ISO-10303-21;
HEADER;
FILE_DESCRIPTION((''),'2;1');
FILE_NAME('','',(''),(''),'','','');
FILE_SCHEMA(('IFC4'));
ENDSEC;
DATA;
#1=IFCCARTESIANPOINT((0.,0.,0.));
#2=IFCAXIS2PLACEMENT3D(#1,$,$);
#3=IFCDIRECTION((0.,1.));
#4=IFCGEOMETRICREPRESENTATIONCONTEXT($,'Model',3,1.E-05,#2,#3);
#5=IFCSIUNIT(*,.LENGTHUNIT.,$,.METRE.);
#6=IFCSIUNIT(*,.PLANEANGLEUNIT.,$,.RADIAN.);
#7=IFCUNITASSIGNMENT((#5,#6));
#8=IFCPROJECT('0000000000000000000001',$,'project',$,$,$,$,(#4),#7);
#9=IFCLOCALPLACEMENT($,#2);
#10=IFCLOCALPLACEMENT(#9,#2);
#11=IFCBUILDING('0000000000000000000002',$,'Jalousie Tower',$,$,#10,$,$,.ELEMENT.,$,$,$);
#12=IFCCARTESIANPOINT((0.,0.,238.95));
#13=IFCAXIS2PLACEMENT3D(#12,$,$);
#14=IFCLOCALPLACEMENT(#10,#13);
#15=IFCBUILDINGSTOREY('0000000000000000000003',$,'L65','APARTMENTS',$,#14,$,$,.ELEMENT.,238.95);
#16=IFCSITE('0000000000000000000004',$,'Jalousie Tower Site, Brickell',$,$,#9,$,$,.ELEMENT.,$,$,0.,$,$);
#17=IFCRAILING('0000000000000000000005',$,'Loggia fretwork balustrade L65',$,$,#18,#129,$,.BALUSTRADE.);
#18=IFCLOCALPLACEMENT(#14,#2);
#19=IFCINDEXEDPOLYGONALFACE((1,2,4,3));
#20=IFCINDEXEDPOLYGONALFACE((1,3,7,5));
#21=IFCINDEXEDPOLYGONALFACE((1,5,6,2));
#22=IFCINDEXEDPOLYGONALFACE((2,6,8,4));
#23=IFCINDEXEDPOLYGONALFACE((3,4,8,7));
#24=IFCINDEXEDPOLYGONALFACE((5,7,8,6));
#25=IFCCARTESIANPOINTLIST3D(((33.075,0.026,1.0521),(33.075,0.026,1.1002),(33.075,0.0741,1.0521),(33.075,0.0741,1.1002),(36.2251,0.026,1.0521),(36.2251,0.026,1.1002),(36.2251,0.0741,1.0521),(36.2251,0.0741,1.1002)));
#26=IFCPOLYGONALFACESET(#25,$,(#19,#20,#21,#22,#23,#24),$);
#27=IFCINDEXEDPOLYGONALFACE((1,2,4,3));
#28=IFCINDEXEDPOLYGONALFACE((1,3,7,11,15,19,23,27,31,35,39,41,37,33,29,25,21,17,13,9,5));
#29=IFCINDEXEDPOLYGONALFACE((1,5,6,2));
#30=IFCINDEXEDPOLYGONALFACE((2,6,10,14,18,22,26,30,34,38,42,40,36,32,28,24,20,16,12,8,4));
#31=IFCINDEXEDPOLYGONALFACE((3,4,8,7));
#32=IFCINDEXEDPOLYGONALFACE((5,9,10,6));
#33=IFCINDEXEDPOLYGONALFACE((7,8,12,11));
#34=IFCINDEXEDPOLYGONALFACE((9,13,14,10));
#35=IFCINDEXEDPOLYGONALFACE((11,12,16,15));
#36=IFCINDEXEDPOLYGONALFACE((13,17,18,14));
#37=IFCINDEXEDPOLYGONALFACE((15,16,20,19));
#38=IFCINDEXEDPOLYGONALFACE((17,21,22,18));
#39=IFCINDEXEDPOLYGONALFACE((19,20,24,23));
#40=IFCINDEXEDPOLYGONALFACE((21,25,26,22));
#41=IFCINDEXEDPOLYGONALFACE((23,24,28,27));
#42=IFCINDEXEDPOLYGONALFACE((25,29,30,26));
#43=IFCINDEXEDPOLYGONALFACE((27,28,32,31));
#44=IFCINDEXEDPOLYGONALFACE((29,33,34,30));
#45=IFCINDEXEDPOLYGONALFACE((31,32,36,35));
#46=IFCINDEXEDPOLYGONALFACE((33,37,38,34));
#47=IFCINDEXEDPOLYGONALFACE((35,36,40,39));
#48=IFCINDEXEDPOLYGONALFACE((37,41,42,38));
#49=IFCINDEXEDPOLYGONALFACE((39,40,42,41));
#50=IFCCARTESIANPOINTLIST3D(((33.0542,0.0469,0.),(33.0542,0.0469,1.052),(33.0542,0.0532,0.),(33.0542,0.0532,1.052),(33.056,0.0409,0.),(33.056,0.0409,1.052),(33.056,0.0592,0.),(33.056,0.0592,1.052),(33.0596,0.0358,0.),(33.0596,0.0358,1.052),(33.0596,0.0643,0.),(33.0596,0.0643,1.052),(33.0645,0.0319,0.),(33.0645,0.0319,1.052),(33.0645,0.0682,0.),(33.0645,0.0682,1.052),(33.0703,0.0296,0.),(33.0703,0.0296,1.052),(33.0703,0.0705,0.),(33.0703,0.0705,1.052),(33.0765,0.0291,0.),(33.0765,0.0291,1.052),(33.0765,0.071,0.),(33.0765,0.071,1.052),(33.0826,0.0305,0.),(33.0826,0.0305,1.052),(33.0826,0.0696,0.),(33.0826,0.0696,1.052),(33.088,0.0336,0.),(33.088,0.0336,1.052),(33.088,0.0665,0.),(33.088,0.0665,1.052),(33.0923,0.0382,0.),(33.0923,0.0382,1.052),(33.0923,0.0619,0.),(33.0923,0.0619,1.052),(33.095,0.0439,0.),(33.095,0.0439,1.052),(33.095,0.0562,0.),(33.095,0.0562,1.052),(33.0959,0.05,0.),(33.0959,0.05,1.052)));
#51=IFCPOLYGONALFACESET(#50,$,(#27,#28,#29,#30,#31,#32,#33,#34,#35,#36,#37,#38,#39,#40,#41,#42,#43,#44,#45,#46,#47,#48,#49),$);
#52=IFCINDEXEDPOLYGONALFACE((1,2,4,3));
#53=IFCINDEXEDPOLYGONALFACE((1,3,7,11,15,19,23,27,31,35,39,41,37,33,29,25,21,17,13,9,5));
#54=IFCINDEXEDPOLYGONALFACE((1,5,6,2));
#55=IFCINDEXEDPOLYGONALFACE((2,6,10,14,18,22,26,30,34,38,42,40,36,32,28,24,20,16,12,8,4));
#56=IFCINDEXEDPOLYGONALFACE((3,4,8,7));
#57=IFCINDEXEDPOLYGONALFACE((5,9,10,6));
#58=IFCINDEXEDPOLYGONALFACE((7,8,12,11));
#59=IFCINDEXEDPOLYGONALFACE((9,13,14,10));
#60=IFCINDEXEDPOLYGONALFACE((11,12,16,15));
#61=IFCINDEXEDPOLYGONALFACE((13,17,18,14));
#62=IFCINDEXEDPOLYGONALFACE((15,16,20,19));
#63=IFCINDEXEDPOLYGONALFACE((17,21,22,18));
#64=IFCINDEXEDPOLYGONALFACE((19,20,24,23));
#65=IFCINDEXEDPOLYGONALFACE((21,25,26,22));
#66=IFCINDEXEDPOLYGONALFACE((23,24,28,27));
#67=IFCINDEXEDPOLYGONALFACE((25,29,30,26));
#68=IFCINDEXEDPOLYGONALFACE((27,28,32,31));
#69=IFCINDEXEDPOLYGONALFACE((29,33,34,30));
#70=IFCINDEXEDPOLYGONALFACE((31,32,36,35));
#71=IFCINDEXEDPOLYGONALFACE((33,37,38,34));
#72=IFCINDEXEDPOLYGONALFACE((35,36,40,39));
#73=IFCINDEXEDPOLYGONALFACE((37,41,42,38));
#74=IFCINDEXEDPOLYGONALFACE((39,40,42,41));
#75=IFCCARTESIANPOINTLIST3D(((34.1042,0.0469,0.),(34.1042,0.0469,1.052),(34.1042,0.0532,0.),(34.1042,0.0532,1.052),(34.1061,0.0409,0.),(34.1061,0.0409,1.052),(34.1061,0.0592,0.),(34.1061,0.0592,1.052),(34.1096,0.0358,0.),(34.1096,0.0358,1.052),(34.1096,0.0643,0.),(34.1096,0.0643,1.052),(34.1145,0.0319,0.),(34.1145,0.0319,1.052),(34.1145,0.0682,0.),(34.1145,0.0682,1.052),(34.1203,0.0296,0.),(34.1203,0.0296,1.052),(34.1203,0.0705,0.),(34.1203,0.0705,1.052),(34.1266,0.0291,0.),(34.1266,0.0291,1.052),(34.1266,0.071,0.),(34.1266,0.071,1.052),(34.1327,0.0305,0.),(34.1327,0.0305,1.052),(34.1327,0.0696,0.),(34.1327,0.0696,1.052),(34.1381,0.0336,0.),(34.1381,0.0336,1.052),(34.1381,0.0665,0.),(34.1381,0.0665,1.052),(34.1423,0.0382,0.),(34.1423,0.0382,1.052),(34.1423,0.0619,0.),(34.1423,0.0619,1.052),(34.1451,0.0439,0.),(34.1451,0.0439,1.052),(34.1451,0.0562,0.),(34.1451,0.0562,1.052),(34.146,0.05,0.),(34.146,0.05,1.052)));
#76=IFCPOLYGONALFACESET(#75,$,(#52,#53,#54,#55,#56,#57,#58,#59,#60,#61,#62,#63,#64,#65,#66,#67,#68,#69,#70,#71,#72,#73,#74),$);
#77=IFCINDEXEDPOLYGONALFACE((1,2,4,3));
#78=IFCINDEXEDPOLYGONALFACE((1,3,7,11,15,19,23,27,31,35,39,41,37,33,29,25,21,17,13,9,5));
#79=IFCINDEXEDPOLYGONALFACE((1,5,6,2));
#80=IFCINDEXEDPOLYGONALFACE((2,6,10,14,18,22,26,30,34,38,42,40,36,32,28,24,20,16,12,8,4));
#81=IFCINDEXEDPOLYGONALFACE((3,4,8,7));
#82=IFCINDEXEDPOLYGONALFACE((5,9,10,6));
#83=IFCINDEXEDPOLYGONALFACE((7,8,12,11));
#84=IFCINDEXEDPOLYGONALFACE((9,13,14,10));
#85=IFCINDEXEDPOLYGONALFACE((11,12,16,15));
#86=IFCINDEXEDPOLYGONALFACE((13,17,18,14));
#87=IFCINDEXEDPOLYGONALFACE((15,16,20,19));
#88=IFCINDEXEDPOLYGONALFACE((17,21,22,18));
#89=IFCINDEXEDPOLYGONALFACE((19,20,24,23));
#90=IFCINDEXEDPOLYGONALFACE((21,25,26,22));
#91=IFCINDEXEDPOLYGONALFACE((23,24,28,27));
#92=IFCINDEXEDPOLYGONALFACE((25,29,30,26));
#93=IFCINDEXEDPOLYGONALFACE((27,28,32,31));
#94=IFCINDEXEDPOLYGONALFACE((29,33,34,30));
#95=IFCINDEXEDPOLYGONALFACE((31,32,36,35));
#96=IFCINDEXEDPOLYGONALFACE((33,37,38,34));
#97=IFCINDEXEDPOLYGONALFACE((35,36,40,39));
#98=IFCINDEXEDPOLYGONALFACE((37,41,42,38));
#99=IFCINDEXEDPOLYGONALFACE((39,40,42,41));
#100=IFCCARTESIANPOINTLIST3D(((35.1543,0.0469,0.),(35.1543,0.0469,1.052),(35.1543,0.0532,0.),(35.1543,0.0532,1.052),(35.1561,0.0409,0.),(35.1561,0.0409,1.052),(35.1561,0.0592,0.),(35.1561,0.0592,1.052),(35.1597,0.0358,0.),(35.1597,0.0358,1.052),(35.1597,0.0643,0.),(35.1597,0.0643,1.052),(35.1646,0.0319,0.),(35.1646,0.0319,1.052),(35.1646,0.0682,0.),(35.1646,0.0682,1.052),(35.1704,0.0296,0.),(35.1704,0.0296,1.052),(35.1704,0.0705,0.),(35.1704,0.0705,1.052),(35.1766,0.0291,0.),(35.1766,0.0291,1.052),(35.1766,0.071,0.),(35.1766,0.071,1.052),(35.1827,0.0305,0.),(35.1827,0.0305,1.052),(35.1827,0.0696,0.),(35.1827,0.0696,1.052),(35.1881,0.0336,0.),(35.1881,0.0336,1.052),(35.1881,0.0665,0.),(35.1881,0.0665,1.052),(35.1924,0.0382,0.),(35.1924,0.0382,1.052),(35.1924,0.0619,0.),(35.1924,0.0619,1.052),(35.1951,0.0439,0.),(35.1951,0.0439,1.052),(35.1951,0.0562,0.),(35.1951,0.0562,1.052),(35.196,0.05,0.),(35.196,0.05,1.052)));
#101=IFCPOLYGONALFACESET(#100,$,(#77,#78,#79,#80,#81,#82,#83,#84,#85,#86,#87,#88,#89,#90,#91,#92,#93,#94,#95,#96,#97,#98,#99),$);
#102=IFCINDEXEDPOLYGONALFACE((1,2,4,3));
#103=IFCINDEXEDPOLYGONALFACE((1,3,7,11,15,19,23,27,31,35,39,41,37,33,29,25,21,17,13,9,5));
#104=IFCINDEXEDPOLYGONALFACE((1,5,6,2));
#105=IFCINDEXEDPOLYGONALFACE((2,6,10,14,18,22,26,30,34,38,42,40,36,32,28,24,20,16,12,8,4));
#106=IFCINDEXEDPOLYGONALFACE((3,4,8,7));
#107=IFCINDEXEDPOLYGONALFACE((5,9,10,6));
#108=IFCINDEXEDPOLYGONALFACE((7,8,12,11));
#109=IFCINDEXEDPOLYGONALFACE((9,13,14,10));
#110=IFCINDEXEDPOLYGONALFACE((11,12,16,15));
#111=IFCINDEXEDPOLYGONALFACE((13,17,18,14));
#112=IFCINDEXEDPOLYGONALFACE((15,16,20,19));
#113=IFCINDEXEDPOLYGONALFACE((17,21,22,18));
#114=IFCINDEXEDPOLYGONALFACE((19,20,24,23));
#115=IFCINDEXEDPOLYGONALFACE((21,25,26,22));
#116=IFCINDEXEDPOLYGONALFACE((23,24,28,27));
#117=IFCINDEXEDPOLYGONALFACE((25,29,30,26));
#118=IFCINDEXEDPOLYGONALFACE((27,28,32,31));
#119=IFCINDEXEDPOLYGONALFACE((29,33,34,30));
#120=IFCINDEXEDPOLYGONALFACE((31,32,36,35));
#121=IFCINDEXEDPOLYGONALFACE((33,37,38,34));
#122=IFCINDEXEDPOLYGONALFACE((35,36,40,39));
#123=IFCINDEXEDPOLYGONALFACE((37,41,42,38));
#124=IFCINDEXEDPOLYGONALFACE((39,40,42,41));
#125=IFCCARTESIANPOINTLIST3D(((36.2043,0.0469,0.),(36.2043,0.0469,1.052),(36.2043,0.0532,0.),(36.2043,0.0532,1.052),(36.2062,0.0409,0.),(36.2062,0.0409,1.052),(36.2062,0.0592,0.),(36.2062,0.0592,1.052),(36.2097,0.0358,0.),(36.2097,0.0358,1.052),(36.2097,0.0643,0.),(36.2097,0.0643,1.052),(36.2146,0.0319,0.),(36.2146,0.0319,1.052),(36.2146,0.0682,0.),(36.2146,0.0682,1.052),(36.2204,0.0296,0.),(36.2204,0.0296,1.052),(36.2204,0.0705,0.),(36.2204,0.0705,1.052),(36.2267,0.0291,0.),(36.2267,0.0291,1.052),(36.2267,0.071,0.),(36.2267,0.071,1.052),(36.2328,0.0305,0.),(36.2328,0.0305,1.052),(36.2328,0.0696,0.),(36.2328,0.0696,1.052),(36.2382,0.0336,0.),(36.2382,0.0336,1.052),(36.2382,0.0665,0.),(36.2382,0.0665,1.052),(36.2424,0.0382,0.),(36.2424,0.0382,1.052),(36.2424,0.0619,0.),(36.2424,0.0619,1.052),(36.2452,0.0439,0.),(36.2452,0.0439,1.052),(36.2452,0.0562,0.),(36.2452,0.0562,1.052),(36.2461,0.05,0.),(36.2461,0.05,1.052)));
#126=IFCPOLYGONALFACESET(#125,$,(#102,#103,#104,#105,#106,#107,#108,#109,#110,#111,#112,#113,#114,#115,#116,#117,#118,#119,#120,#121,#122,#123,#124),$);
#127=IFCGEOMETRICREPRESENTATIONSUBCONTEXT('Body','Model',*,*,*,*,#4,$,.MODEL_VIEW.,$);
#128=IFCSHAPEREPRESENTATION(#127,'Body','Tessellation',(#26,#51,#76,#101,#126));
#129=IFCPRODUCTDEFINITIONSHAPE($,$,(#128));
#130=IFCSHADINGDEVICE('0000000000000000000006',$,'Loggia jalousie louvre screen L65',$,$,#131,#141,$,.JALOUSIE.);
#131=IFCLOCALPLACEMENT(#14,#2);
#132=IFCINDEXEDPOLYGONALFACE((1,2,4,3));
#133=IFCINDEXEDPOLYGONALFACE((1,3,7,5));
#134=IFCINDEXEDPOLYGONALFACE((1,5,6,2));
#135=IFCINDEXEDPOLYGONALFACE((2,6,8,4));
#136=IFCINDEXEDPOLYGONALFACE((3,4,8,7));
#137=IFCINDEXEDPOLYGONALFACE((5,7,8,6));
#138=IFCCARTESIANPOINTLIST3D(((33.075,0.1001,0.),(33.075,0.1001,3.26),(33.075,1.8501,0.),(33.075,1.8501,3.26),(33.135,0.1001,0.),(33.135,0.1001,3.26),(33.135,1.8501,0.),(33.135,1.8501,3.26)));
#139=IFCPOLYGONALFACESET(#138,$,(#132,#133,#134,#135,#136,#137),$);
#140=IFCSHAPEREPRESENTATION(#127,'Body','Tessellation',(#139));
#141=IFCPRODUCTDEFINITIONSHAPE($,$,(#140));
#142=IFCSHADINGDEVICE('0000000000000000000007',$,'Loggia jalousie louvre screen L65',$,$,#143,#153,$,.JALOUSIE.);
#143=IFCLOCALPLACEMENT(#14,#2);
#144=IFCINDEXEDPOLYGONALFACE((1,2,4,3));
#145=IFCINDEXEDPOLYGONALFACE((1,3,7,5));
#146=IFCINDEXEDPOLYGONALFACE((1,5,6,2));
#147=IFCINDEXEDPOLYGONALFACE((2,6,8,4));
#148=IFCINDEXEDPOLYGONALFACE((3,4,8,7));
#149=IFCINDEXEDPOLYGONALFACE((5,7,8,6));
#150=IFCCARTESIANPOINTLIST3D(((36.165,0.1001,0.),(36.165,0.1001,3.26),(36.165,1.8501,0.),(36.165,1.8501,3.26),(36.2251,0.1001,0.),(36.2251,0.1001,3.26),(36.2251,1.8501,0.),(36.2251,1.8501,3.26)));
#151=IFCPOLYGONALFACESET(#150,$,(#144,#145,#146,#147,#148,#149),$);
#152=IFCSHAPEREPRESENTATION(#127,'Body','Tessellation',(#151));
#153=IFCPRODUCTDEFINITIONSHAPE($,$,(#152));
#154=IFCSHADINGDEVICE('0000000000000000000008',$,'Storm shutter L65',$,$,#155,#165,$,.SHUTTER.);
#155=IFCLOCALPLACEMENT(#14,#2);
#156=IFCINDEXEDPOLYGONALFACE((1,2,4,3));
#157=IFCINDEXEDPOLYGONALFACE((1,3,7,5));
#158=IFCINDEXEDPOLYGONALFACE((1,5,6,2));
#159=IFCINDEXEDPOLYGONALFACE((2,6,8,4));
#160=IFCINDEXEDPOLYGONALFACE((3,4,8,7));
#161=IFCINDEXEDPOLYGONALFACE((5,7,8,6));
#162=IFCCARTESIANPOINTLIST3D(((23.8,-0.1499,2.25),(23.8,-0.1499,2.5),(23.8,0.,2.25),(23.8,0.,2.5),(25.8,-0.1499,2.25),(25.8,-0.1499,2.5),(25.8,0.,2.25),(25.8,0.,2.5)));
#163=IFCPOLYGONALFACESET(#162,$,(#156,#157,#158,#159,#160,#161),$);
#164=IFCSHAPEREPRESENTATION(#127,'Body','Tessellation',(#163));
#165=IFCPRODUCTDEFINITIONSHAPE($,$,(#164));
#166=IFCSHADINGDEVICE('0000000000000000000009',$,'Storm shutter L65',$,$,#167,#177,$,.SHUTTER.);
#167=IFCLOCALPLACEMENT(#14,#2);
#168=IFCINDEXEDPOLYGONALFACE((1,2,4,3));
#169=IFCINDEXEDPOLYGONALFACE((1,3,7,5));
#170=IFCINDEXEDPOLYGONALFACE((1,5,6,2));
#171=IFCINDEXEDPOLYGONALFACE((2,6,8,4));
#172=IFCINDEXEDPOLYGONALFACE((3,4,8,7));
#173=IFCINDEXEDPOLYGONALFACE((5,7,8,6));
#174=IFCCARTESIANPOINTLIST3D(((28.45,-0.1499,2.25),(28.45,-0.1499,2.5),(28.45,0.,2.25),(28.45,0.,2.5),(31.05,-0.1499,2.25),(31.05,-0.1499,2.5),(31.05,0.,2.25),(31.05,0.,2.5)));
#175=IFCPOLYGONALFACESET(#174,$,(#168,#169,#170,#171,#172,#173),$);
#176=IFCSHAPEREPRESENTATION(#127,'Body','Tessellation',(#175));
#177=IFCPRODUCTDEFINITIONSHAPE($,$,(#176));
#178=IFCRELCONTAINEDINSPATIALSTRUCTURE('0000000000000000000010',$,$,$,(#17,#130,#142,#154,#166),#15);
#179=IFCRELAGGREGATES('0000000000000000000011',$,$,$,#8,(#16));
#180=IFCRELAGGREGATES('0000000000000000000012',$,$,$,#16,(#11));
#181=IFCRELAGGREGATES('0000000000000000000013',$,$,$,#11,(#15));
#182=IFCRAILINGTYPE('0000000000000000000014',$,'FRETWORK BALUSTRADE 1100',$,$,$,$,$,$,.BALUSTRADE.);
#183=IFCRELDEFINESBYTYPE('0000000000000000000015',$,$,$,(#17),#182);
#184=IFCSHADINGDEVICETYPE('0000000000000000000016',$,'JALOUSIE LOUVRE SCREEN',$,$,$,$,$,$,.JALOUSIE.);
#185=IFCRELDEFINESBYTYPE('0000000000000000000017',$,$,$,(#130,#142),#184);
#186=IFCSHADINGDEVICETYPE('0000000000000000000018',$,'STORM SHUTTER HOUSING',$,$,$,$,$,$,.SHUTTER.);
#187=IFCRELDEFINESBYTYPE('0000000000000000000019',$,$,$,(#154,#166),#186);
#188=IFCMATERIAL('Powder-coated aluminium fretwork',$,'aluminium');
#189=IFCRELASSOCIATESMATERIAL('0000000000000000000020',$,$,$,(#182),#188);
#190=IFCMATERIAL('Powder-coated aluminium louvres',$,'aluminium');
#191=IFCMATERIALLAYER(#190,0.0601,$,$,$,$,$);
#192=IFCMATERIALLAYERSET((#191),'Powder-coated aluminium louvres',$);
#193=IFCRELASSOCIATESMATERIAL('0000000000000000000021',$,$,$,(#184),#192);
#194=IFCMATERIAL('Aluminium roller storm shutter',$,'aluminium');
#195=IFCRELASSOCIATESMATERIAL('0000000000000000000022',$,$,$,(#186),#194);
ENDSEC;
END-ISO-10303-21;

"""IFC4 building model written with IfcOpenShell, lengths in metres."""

from ifc_helpers import new_model, si_unit, direction, frame, origin, origin_2d, place, context, subcontext, project, spatial, rectangle, circle, extrude, material, layer, layer_set, type_object, element, save


model = new_model("IFC4")

# Units and contexts
model_context = context("Model", 3, precision=1e-05, world=origin(), true_north=direction((0.0, 1.0)))
body_context = subcontext(model_context, "Body", "Model", "MODEL_VIEW")
ifc_project = project(units=[si_unit("LENGTHUNIT", "METRE"), si_unit("PLANEANGLEUNIT", "RADIAN")], contexts=[model_context])

# Site, building, storey
site_placement = place(None, origin())
site = spatial("IfcSite", under=ifc_project, at=site_placement, Name="Jalousie Tower Site, Brickell", CompositionType="ELEMENT", RefElevation=0.0)
building_placement = place(site_placement, origin())
building = spatial("IfcBuilding", under=site, at=building_placement, Name="Jalousie Tower", CompositionType="ELEMENT")
storey_placement = place(building_placement, frame((0.0, 0.0, 238.95)))
storey = spatial("IfcBuildingStorey", under=building, at=storey_placement, Name="L65", Description="APARTMENTS", CompositionType="ELEMENT", Elevation=238.95)

# Railing
ifc_material_1 = material(Name="Powder-coated aluminium fretwork", Category="aluminium")
railing_type = type_object("IfcRailingType", Name="FRETWORK BALUSTRADE 1100", PredefinedType="BALUSTRADE", material=ifc_material_1)
railing_placement = place(storey_placement, frame((33.075, 0.05, 0.0)))
element("IfcRailing", 1, at=railing_placement, inside=storey, type_object=railing_type, Name="Loggia fretwork balustrade L65", PredefinedType="BALUSTRADE", context=body_context, shape_type="SweptSolid", body=[
    extrude(rectangle(XDim=0.0481, YDim=0.0481, at=origin_2d()), frame((0.0, 0.0, 1.0762), z_axis=(1.0, 0.0, 0.0), x_axis=(0.0, 1.0, 0.0)), (0.0, 0.0, 1.0), 3.1501),
    extrude(circle(Radius=0.021, at=origin_2d()), origin(), (0.0, 0.0, 1.0), 1.052),
    extrude(circle(Radius=0.021, at=origin_2d()), frame((1.05, 0.0, 0.0)), (0.0, 0.0, 1.0), 1.052),
    extrude(circle(Radius=0.021, at=origin_2d()), frame((2.1001, 0.0, 0.0)), (0.0, 0.0, 1.0), 1.052),
    extrude(circle(Radius=0.021, at=origin_2d()), frame((3.1501, 0.0, 0.0)), (0.0, 0.0, 1.0), 1.052),
])

# Shading devices
ifc_material_2 = material(Name="Powder-coated aluminium louvres", Category="aluminium")
ifc_layer_1 = layer(ifc_material_2, 0.0601)
ifc_layer_set_1 = layer_set([ifc_layer_1], Name="Powder-coated aluminium louvres")
shading_device_type_1 = type_object("IfcShadingDeviceType", Name="JALOUSIE LOUVRE SCREEN", PredefinedType="JALOUSIE", material=ifc_layer_set_1)
for number, where, z_axis, x_axis, name in (
    (2, (33.105, 0.9751, 0.0), (0.0, 0.0, 1.0), (1.0, 0.0, 0.0), "Loggia jalousie louvre screen L65"),
    (3, (36.1951, 0.9751, 0.0), (0.0, 0.0, 1.0), (1.0, 0.0, 0.0), "Loggia jalousie louvre screen L65"),
):
    element("IfcShadingDevice", number, at=place(storey_placement, frame(where, z_axis=z_axis, x_axis=x_axis)), inside=storey, type_object=shading_device_type_1, Name=name, PredefinedType="JALOUSIE", context=body_context, shape_type="SweptSolid", body=[
        extrude(rectangle(XDim=0.0601, YDim=1.75, at=origin_2d()), origin(), (0.0, 0.0, 1.0), 3.26),
    ])
ifc_material_3 = material(Name="Aluminium roller storm shutter", Category="aluminium")
shading_device_type_2 = type_object("IfcShadingDeviceType", Name="STORM SHUTTER HOUSING", PredefinedType="SHUTTER", material=ifc_material_3)
shading_device_1_placement = place(storey_placement, frame((24.8, -0.075, 2.25), z_axis=(0.0, 0.0, 1.0), x_axis=(1.0, 0.0, 0.0)))
element("IfcShadingDevice", 4, at=shading_device_1_placement, inside=storey, type_object=shading_device_type_2, Name="Storm shutter L65", PredefinedType="SHUTTER", context=body_context, shape_type="SweptSolid", body=[
    extrude(rectangle(XDim=2.0, YDim=0.1499, at=origin_2d()), origin(), (0.0, 0.0, 1.0), 0.25),
])
shading_device_2_placement = place(storey_placement, frame((29.75, -0.075, 2.25), z_axis=(0.0, 0.0, 1.0), x_axis=(1.0, 0.0, 0.0)))
element("IfcShadingDevice", 5, at=shading_device_2_placement, inside=storey, type_object=shading_device_type_2, Name="Storm shutter L65", PredefinedType="SHUTTER", context=body_context, shape_type="SweptSolid", body=[
    extrude(rectangle(XDim=2.6001, YDim=0.1499, at=origin_2d()), origin(), (0.0, 0.0, 1.0), 0.25),
])

save(model, "model.ifc")
